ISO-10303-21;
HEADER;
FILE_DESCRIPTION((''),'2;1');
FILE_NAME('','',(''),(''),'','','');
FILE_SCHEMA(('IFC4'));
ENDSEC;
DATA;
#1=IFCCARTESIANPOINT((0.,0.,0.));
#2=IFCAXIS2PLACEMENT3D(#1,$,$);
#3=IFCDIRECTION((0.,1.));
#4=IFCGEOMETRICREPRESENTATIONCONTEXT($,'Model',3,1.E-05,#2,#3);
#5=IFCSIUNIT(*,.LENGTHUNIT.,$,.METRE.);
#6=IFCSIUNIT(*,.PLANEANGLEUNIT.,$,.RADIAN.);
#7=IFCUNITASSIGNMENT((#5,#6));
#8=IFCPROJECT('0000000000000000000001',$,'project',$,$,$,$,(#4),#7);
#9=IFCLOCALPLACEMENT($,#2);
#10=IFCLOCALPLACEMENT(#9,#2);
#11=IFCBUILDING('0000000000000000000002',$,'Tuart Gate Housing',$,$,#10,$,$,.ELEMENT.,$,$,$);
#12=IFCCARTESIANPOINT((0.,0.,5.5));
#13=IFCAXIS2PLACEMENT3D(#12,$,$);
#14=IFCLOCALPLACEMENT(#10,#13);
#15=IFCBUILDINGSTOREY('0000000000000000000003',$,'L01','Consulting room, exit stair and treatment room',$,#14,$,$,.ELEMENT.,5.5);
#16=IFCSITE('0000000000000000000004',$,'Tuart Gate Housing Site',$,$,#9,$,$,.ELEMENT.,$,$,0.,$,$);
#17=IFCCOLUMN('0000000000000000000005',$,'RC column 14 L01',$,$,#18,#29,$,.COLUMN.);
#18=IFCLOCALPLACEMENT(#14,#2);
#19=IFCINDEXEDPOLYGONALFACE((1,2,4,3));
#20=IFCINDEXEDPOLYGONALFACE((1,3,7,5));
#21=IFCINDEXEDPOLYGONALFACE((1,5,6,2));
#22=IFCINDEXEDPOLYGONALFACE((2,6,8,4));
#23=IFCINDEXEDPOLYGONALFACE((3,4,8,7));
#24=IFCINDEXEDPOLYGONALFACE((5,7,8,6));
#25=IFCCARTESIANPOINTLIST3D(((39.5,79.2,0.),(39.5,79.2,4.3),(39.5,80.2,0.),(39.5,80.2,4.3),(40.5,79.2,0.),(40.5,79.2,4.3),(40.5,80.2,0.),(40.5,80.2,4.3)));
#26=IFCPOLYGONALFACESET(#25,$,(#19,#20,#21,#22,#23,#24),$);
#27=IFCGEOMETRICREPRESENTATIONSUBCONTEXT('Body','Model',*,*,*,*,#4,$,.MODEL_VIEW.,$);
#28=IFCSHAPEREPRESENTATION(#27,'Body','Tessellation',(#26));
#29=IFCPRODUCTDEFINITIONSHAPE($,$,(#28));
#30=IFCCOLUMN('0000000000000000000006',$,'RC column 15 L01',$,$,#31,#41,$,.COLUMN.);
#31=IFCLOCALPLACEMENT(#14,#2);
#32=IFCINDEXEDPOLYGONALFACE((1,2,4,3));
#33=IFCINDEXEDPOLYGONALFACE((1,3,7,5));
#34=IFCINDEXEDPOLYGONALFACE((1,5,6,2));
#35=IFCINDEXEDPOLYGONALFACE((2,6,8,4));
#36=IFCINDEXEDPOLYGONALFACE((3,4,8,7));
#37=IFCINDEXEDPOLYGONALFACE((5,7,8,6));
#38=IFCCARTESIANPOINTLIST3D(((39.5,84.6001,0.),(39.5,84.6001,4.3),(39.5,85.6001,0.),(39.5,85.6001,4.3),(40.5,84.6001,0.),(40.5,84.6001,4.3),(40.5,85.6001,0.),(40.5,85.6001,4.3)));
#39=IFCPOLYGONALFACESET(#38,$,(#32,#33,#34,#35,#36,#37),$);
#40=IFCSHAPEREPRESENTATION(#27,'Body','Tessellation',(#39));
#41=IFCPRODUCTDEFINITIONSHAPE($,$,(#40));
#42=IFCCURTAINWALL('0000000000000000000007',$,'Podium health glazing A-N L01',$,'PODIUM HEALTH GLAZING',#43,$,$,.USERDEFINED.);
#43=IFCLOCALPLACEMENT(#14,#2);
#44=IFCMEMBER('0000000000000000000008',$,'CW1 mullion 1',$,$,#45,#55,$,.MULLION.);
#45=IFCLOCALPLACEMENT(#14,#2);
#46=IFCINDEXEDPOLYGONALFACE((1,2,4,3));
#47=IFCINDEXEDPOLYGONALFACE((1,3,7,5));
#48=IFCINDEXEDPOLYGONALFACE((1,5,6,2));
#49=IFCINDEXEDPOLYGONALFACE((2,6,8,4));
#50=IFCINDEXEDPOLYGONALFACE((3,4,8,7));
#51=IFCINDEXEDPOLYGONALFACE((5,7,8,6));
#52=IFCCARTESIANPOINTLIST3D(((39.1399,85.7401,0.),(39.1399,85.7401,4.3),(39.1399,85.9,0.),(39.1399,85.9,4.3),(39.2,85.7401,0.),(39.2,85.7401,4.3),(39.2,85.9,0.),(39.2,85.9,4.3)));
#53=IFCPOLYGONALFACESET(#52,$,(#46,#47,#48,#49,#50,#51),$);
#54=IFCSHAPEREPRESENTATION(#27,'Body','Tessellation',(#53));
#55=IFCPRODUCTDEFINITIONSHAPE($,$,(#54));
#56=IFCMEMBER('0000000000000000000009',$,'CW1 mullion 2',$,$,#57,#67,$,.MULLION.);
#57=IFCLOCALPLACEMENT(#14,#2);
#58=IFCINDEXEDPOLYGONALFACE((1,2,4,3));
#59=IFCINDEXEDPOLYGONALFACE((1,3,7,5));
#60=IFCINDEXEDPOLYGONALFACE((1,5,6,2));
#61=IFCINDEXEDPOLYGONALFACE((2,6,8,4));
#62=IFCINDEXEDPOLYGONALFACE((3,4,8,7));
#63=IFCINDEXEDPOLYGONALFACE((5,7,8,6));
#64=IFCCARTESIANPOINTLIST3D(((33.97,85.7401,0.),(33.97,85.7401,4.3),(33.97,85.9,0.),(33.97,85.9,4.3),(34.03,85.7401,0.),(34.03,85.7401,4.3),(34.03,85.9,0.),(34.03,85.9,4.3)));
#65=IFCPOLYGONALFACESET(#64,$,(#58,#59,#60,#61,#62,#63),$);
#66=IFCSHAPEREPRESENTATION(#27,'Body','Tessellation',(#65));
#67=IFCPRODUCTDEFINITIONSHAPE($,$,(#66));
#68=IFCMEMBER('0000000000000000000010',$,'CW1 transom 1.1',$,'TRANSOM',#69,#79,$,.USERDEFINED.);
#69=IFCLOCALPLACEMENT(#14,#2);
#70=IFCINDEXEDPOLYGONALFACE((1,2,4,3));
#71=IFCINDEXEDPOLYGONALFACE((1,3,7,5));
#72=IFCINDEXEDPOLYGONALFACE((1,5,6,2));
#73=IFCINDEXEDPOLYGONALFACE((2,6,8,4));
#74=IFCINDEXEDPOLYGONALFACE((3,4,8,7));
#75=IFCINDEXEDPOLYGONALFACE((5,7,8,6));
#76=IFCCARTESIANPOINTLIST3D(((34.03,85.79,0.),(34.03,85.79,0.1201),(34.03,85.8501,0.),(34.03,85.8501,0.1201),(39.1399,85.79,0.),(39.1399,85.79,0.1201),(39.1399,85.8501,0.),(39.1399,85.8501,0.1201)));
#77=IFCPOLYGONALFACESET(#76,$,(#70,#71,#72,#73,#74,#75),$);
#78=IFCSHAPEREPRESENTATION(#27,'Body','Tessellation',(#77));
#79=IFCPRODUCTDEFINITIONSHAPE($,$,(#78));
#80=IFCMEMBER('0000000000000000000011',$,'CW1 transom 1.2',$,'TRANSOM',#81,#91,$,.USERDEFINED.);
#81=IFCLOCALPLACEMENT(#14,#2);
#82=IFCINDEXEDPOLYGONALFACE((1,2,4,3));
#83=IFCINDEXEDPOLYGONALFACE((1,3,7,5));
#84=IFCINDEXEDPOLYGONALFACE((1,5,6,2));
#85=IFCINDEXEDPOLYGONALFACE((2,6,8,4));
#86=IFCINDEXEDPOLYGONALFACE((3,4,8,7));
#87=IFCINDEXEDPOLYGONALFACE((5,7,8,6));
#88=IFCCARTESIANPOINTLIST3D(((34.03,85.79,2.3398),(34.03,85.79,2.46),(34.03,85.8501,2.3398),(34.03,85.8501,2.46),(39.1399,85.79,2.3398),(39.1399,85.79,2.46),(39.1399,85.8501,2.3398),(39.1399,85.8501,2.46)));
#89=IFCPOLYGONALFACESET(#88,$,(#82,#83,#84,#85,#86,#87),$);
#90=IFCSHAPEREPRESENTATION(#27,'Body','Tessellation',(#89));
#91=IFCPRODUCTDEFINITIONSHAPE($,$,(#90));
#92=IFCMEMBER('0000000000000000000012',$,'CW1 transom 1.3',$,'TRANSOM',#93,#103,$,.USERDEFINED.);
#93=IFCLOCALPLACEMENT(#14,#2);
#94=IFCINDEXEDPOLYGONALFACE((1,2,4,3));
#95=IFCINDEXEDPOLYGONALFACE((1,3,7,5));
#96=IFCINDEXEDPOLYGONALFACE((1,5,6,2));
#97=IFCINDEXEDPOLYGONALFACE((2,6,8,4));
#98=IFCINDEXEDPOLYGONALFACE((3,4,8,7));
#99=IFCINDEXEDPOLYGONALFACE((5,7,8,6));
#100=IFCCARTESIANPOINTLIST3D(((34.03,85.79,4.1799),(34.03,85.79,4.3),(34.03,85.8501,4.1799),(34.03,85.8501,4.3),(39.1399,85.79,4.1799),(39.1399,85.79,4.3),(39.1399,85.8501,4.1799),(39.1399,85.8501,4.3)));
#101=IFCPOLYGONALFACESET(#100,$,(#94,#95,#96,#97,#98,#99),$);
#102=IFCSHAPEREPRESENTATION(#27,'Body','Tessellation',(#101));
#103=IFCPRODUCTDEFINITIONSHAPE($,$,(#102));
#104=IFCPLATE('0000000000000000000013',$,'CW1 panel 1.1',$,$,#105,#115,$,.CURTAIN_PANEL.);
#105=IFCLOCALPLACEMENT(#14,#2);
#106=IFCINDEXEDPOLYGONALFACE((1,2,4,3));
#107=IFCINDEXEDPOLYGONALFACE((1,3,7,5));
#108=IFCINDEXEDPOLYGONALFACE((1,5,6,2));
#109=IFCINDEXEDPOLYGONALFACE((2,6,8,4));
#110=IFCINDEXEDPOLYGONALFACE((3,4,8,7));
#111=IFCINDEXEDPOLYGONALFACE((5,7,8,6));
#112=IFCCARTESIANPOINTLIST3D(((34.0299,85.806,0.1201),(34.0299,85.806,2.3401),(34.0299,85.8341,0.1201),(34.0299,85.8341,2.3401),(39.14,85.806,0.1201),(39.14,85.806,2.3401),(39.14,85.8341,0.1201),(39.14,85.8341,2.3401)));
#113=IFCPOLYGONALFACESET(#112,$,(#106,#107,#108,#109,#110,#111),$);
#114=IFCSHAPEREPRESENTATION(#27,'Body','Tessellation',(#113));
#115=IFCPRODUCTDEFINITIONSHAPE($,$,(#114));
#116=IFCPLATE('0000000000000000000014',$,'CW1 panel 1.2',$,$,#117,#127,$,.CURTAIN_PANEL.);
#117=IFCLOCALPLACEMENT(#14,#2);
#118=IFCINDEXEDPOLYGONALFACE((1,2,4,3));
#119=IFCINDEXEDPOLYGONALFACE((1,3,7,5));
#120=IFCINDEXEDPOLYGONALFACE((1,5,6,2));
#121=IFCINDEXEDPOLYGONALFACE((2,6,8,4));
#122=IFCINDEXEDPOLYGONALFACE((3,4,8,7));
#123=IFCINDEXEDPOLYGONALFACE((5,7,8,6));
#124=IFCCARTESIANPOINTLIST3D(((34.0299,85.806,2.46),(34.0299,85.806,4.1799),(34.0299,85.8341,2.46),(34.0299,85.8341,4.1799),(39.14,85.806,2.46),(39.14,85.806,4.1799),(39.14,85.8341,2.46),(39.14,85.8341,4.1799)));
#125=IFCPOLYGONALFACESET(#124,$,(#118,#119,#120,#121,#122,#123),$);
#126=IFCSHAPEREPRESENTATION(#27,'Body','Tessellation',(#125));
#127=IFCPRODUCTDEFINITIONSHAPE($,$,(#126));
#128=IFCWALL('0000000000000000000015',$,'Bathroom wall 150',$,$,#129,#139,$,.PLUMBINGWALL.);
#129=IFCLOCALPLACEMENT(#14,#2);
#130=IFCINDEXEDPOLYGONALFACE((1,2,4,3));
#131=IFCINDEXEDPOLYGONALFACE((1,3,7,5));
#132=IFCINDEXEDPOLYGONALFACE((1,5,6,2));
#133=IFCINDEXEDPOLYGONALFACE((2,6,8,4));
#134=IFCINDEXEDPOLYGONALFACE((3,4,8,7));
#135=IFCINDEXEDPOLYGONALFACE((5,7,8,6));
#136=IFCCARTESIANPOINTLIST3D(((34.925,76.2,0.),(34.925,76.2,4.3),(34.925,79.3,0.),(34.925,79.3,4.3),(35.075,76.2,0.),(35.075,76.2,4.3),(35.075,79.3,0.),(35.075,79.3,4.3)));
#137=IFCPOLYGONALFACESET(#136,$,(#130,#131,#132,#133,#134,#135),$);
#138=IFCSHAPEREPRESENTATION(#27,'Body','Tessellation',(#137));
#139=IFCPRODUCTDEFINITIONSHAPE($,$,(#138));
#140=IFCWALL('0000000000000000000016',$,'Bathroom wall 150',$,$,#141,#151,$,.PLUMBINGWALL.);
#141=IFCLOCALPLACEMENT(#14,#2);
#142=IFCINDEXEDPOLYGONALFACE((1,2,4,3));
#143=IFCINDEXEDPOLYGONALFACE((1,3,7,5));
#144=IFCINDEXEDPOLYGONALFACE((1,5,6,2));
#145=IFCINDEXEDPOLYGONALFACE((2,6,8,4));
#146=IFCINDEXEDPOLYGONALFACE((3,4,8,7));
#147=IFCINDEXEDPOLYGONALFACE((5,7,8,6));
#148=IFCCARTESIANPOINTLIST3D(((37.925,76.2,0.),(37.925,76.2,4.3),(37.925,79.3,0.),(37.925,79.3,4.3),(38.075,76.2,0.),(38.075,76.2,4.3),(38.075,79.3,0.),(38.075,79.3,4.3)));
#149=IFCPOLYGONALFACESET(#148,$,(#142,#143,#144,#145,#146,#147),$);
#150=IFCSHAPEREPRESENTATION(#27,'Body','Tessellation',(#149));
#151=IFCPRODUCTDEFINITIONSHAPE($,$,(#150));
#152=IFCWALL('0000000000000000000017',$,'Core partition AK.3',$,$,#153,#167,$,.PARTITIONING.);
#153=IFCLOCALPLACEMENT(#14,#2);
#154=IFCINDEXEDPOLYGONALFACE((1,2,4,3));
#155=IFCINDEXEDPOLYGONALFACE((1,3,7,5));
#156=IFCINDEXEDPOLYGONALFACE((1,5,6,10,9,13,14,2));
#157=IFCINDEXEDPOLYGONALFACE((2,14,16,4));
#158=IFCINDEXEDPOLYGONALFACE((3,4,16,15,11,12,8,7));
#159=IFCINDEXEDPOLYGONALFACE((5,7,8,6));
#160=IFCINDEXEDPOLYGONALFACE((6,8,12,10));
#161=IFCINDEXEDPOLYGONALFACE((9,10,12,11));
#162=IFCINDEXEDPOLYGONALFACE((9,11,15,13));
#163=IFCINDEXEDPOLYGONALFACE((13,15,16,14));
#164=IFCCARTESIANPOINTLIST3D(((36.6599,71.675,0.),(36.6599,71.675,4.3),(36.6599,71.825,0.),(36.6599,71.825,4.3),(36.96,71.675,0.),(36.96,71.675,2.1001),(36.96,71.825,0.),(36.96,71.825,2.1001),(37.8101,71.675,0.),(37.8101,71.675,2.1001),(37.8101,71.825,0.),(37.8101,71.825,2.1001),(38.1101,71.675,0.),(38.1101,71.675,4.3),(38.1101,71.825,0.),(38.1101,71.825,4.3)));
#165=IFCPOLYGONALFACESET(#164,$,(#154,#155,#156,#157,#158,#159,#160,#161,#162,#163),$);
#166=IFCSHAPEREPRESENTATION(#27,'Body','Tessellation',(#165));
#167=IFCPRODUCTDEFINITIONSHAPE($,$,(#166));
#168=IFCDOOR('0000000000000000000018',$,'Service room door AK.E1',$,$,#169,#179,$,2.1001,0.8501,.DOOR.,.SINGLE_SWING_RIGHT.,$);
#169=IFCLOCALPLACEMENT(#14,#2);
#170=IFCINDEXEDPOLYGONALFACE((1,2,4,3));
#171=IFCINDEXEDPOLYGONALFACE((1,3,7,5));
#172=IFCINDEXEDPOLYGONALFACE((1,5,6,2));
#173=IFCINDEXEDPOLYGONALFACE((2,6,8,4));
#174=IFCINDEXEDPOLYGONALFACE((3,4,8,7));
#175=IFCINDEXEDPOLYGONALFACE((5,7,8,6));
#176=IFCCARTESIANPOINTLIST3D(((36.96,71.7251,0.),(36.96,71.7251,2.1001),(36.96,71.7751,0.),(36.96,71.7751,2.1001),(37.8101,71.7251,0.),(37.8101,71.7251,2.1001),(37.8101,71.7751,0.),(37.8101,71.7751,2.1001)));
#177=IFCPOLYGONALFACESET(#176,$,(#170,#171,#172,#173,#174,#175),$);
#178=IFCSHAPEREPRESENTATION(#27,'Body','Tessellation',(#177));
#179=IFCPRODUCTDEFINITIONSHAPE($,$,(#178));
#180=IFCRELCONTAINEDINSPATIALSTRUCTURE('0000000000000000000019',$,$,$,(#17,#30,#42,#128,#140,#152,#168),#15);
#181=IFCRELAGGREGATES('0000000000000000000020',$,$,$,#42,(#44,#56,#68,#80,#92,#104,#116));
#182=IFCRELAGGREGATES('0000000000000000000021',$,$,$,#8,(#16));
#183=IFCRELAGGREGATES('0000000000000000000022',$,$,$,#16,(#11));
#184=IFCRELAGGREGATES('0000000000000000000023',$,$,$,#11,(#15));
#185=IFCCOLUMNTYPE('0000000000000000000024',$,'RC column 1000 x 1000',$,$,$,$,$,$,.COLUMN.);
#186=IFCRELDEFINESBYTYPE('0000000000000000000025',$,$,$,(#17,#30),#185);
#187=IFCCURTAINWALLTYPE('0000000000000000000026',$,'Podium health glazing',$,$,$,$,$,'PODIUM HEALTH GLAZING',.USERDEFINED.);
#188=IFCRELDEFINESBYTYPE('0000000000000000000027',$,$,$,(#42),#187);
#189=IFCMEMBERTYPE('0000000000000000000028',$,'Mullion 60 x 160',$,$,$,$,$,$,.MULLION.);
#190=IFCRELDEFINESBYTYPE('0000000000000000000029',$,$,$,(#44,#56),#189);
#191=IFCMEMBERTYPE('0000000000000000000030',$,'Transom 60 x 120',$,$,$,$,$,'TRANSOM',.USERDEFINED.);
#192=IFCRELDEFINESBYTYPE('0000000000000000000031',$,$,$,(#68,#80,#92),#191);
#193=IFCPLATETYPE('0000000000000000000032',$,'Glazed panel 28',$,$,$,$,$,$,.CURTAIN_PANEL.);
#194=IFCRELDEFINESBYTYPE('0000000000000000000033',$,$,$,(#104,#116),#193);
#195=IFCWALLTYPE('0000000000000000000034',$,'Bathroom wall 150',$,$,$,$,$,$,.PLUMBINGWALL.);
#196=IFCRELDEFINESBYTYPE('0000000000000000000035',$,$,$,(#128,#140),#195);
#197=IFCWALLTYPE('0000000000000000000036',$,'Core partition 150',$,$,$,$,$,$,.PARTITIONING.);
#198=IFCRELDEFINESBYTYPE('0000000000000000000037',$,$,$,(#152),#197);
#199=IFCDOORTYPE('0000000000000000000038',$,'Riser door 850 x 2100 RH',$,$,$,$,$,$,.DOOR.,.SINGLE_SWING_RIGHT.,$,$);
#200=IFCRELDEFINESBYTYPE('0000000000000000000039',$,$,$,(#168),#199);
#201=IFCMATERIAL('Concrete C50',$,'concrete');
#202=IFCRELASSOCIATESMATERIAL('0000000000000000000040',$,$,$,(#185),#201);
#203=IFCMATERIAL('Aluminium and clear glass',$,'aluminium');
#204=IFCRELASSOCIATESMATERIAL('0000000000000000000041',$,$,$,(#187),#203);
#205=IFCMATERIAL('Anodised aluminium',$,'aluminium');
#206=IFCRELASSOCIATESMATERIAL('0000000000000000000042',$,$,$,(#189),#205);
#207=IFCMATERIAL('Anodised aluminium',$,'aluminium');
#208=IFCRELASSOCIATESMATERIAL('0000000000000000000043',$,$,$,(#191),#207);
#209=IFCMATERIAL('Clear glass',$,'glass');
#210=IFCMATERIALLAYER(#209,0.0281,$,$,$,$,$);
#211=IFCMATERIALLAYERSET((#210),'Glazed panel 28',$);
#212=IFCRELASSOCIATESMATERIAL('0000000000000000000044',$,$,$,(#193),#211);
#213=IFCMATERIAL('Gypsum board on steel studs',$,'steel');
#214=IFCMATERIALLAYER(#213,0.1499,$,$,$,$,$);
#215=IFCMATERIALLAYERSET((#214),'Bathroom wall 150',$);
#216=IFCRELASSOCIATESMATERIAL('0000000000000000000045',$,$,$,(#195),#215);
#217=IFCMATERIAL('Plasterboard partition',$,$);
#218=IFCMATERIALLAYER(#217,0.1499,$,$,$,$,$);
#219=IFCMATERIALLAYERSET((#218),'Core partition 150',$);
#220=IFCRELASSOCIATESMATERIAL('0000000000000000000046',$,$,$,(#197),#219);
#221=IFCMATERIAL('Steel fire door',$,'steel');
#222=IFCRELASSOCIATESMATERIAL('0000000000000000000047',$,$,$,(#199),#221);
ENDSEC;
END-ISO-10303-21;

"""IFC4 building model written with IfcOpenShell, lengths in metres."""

from ifc_helpers import new_model, si_unit, direction, frame, frame_2d, origin, origin_2d, place, context, subcontext, project, spatial, rectangle, extrude, material, layer, layer_set, material_profile, profile_set, type_object, element, fill, aggregate, save


model = new_model("IFC4")

# Units and contexts
model_context = context("Model", 3, precision=1e-05, world=origin(), true_north=direction((0.0, 1.0)))
body_context = subcontext(model_context, "Body", "Model", "MODEL_VIEW")
ifc_project = project(units=[si_unit("LENGTHUNIT", "METRE"), si_unit("PLANEANGLEUNIT", "RADIAN")], contexts=[model_context])

# Site, building, storey
site_placement = place(None, origin())
site = spatial("IfcSite", under=ifc_project, at=site_placement, Name="Tuart Gate Housing Site", CompositionType="ELEMENT", RefElevation=0.0)
building_placement = place(site_placement, origin())
building = spatial("IfcBuilding", under=site, at=building_placement, Name="Tuart Gate Housing", CompositionType="ELEMENT")
storey_placement = place(building_placement, frame((0.0, 0.0, 5.5)))
storey = spatial("IfcBuildingStorey", under=building, at=storey_placement, Name="L01", Description="Consulting room, exit stair and treatment room", CompositionType="ELEMENT", Elevation=5.5)

# Columns
ifc_material_1 = material(Name="Concrete C50", Category="concrete")
ifc_material_profile_1 = material_profile(ifc_material_1, rectangle(XDim=1.0, YDim=1.0, at=origin_2d()), Name="RC column 1000 x 1000")
ifc_profile_set_1 = profile_set([ifc_material_profile_1], Name="Concrete C50")
column_type = type_object("IfcColumnType", Name="RC column 1000 x 1000", PredefinedType="COLUMN", material=ifc_profile_set_1)
for number, where, z_axis, x_axis, name in (
    (1, (40.0, 79.7, 0.0), (0.0, 0.0, 1.0), (1.0, 0.0, 0.0), "RC column 14 L01"),
    (2, (40.0, 85.1001, 0.0), (0.0, 0.0, 1.0), (1.0, 0.0, 0.0), "RC column 15 L01"),
):
    element("IfcColumn", number, at=place(storey_placement, frame(where, z_axis=z_axis, x_axis=x_axis)), inside=storey, type_object=column_type, Name=name, PredefinedType="COLUMN", context=body_context, shape_type="SweptSolid", body=[
        extrude(rectangle(XDim=1.0, YDim=1.0, at=origin_2d()), origin(), (0.0, 0.0, 1.0), 4.3),
    ])

# Curtain wall, members, plates
ifc_material_2 = material(Name="Aluminium and clear glass", Category="aluminium")
curtain_wall_type = type_object("IfcCurtainWallType", Name="Podium health glazing", ElementType="PODIUM HEALTH GLAZING", PredefinedType="USERDEFINED", material=ifc_material_2)
curtain_wall_placement = place(storey_placement, origin())
curtain_wall = element("IfcCurtainWall", 3, at=curtain_wall_placement, inside=storey, type_object=curtain_wall_type, Name="Podium health glazing A-N L01", ObjectType="PODIUM HEALTH GLAZING", PredefinedType="USERDEFINED")
ifc_material_3 = material(Name="Anodised aluminium", Category="aluminium")
ifc_material_profile_2 = material_profile(ifc_material_3, rectangle(XDim=0.0601, YDim=0.1599, at=origin_2d()), Name="60x160")
ifc_profile_set_2 = profile_set([ifc_material_profile_2], Name="Anodised aluminium")
member_type_1 = type_object("IfcMemberType", Name="Mullion 60 x 160", PredefinedType="MULLION", material=ifc_profile_set_2)
member_1_placement = place(storey_placement, frame((39.1699, 85.8201, 0.0), z_axis=(0.0, 0.0, 1.0), x_axis=(-1.0, 0.0, 0.0)))
member_1 = element("IfcMember", 4, at=member_1_placement, type_object=member_type_1, Name="CW1 mullion 1", PredefinedType="MULLION", context=body_context, shape_type="SweptSolid", body=[
    extrude(rectangle(XDim=0.0601, YDim=0.1599, at=origin_2d()), origin(), (0.0, 0.0, 1.0), 4.3),
])
member_2_placement = place(storey_placement, frame((34.0, 85.8201, 0.0), z_axis=(0.0, 0.0, 1.0), x_axis=(-1.0, 0.0, 0.0)))
member_2 = element("IfcMember", 5, at=member_2_placement, type_object=member_type_1, Name="CW1 mullion 2", PredefinedType="MULLION", context=body_context, shape_type="SweptSolid", body=[
    extrude(rectangle(XDim=0.0601, YDim=0.1599, at=origin_2d()), origin(), (0.0, 0.0, 1.0), 4.3),
])
ifc_material_4 = material(Name="Anodised aluminium", Category="aluminium")
ifc_material_profile_3 = material_profile(ifc_material_4, rectangle(XDim=0.0601, YDim=0.1201, at=origin_2d()), Name="60x120")
ifc_profile_set_3 = profile_set([ifc_material_profile_3], Name="Anodised aluminium")
member_type_2 = type_object("IfcMemberType", Name="Transom 60 x 120", ElementType="TRANSOM", PredefinedType="USERDEFINED", material=ifc_profile_set_3)
member_3_placement = place(storey_placement, frame((39.1399, 85.8201, 0.0601), z_axis=(-1.0, 0.0, 0.0), x_axis=(0.0, -1.0, 0.0)))
member_3 = element("IfcMember", 6, at=member_3_placement, type_object=member_type_2, Name="CW1 transom 1.1", ObjectType="TRANSOM", PredefinedType="USERDEFINED", context=body_context, shape_type="SweptSolid", body=[
    extrude(rectangle(XDim=0.0601, YDim=0.1201, at=origin_2d()), origin(), (0.0, 0.0, 1.0), 5.1099),
])
member_4_placement = place(storey_placement, frame((39.1399, 85.8201, 2.3999), z_axis=(-1.0, 0.0, 0.0), x_axis=(0.0, -1.0, 0.0)))
member_4 = element("IfcMember", 7, at=member_4_placement, type_object=member_type_2, Name="CW1 transom 1.2", ObjectType="TRANSOM", PredefinedType="USERDEFINED", context=body_context, shape_type="SweptSolid", body=[
    extrude(rectangle(XDim=0.0601, YDim=0.1201, at=origin_2d()), origin(), (0.0, 0.0, 1.0), 5.1099),
])
member_5_placement = place(storey_placement, frame((39.1399, 85.8201, 4.24), z_axis=(-1.0, 0.0, 0.0), x_axis=(0.0, -1.0, 0.0)))
member_5 = element("IfcMember", 8, at=member_5_placement, type_object=member_type_2, Name="CW1 transom 1.3", ObjectType="TRANSOM", PredefinedType="USERDEFINED", context=body_context, shape_type="SweptSolid", body=[
    extrude(rectangle(XDim=0.0601, YDim=0.1201, at=origin_2d()), origin(), (0.0, 0.0, 1.0), 5.1099),
])
ifc_material_5 = material(Name="Clear glass", Category="glass")
ifc_layer_1 = layer(ifc_material_5, 0.0281)
ifc_layer_set_1 = layer_set([ifc_layer_1], Name="Glazed panel 28")
plate_type = type_object("IfcPlateType", Name="Glazed panel 28", PredefinedType="CURTAIN_PANEL", material=ifc_layer_set_1)
plate_1_placement = place(storey_placement, frame((36.585, 85.8201, 0.1201), z_axis=(0.0, 0.0, 1.0), x_axis=(-1.0, 0.0, 0.0)))
plate_1 = element("IfcPlate", 9, at=plate_1_placement, type_object=plate_type, Name="CW1 panel 1.1", PredefinedType="CURTAIN_PANEL", context=body_context, shape_type="SweptSolid", body=[
    extrude(rectangle(XDim=5.1101, YDim=0.0281, at=origin_2d()), origin(), (0.0, 0.0, 1.0), 2.22),
])
plate_2_placement = place(storey_placement, frame((36.585, 85.8201, 2.46), z_axis=(0.0, 0.0, 1.0), x_axis=(-1.0, 0.0, 0.0)))
plate_2 = element("IfcPlate", 10, at=plate_2_placement, type_object=plate_type, Name="CW1 panel 1.2", PredefinedType="CURTAIN_PANEL", context=body_context, shape_type="SweptSolid", body=[
    extrude(rectangle(XDim=5.1101, YDim=0.0281, at=origin_2d()), origin(), (0.0, 0.0, 1.0), 1.72),
])
aggregate(curtain_wall, [member_1, member_2, member_3, member_4, member_5, plate_1, plate_2])

# Walls
ifc_material_6 = material(Name="Gypsum board on steel studs", Category="steel")
ifc_layer_2 = layer(ifc_material_6, 0.1499)
ifc_layer_set_2 = layer_set([ifc_layer_2], Name="Bathroom wall 150")
wall_type_1 = type_object("IfcWallType", Name="Bathroom wall 150", PredefinedType="PLUMBINGWALL", material=ifc_layer_set_2)
for number, where, z_axis, x_axis, name in (
    (11, (35.0, 76.2, 0.0), (0.0, 0.0, 1.0), (0.0, 1.0, 0.0), "Bathroom wall 150"),
    (12, (38.0, 76.2, 0.0), (0.0, 0.0, 1.0), (0.0, 1.0, 0.0), "Bathroom wall 150"),
):
    element("IfcWall", number, at=place(storey_placement, frame(where, z_axis=z_axis, x_axis=x_axis)), inside=storey, type_object=wall_type_1, Name=name, PredefinedType="PLUMBINGWALL", context=body_context, shape_type="SweptSolid", body=[
        extrude(rectangle(XDim=3.1001, YDim=0.1499, at=frame_2d((1.55, 0.0))), origin(), (0.0, 0.0, 1.0), 4.3),
    ])

# Wall, opening, door
ifc_material_7 = material(Name="Plasterboard partition")
ifc_layer_3 = layer(ifc_material_7, 0.1499)
ifc_layer_set_3 = layer_set([ifc_layer_3], Name="Core partition 150")
wall_type_2 = type_object("IfcWallType", Name="Core partition 150", PredefinedType="PARTITIONING", material=ifc_layer_set_3)
wall_1_placement = place(storey_placement, frame((38.1101, 71.75, 0.0), z_axis=(0.0, 0.0, 1.0), x_axis=(-1.0, 0.0, 0.0)))
wall_1 = element("IfcWall", 13, at=wall_1_placement, inside=storey, type_object=wall_type_2, Name="Core partition AK.3", PredefinedType="PARTITIONING", context=body_context, shape_type="SweptSolid", body=[
    extrude(rectangle(XDim=1.4502, YDim=0.1499, at=frame_2d((0.7251, 0.0))), origin(), (0.0, 0.0, 1.0), 4.3),
])
opening_1_placement = place(wall_1_placement, frame((0.3, 0.0, 0.0)))
opening_1 = element("IfcOpeningElement", 14, at=opening_1_placement, cuts=wall_1, PredefinedType="OPENING", context=body_context, shape_type="SweptSolid", body=[
    extrude(rectangle(XDim=0.8501, YDim=2.1001, at=frame_2d((0.425, 1.05))), frame((0.0, 0.085, 0.0), z_axis=(0.0, -1.0, 0.0), x_axis=(1.0, 0.0, 0.0)), (0.0, 0.0, 1.0), 0.1699),
])
ifc_material_8 = material(Name="Steel fire door", Category="steel")
door_type_1 = type_object("IfcDoorType", Name="Riser door 850 x 2100 RH", OperationType="SINGLE_SWING_RIGHT", PredefinedType="DOOR", material=ifc_material_8)
door_1_placement = place(opening_1_placement, frame((0.8501, 0.0, 0.0), z_axis=(0.0, 0.0, 1.0), x_axis=(-1.0, 0.0, 0.0)))
door_1 = element("IfcDoor", 15, at=door_1_placement, inside=storey, type_object=door_type_1, Name="Service room door AK.E1", OperationType="SINGLE_SWING_RIGHT", OverallHeight=2.1001, OverallWidth=0.8501, PredefinedType="DOOR", context=body_context, shape_type="SweptSolid", body=[
    extrude(rectangle(XDim=0.8501, YDim=2.1001, at=frame_2d((0.425, 1.05))), frame((0.0, 0.0251, 0.0), z_axis=(0.0, -1.0, 0.0), x_axis=(1.0, 0.0, 0.0)), (0.0, 0.0, 1.0), 0.05),
])
fill(opening_1, door_1)

save(model, "model.ifc")
